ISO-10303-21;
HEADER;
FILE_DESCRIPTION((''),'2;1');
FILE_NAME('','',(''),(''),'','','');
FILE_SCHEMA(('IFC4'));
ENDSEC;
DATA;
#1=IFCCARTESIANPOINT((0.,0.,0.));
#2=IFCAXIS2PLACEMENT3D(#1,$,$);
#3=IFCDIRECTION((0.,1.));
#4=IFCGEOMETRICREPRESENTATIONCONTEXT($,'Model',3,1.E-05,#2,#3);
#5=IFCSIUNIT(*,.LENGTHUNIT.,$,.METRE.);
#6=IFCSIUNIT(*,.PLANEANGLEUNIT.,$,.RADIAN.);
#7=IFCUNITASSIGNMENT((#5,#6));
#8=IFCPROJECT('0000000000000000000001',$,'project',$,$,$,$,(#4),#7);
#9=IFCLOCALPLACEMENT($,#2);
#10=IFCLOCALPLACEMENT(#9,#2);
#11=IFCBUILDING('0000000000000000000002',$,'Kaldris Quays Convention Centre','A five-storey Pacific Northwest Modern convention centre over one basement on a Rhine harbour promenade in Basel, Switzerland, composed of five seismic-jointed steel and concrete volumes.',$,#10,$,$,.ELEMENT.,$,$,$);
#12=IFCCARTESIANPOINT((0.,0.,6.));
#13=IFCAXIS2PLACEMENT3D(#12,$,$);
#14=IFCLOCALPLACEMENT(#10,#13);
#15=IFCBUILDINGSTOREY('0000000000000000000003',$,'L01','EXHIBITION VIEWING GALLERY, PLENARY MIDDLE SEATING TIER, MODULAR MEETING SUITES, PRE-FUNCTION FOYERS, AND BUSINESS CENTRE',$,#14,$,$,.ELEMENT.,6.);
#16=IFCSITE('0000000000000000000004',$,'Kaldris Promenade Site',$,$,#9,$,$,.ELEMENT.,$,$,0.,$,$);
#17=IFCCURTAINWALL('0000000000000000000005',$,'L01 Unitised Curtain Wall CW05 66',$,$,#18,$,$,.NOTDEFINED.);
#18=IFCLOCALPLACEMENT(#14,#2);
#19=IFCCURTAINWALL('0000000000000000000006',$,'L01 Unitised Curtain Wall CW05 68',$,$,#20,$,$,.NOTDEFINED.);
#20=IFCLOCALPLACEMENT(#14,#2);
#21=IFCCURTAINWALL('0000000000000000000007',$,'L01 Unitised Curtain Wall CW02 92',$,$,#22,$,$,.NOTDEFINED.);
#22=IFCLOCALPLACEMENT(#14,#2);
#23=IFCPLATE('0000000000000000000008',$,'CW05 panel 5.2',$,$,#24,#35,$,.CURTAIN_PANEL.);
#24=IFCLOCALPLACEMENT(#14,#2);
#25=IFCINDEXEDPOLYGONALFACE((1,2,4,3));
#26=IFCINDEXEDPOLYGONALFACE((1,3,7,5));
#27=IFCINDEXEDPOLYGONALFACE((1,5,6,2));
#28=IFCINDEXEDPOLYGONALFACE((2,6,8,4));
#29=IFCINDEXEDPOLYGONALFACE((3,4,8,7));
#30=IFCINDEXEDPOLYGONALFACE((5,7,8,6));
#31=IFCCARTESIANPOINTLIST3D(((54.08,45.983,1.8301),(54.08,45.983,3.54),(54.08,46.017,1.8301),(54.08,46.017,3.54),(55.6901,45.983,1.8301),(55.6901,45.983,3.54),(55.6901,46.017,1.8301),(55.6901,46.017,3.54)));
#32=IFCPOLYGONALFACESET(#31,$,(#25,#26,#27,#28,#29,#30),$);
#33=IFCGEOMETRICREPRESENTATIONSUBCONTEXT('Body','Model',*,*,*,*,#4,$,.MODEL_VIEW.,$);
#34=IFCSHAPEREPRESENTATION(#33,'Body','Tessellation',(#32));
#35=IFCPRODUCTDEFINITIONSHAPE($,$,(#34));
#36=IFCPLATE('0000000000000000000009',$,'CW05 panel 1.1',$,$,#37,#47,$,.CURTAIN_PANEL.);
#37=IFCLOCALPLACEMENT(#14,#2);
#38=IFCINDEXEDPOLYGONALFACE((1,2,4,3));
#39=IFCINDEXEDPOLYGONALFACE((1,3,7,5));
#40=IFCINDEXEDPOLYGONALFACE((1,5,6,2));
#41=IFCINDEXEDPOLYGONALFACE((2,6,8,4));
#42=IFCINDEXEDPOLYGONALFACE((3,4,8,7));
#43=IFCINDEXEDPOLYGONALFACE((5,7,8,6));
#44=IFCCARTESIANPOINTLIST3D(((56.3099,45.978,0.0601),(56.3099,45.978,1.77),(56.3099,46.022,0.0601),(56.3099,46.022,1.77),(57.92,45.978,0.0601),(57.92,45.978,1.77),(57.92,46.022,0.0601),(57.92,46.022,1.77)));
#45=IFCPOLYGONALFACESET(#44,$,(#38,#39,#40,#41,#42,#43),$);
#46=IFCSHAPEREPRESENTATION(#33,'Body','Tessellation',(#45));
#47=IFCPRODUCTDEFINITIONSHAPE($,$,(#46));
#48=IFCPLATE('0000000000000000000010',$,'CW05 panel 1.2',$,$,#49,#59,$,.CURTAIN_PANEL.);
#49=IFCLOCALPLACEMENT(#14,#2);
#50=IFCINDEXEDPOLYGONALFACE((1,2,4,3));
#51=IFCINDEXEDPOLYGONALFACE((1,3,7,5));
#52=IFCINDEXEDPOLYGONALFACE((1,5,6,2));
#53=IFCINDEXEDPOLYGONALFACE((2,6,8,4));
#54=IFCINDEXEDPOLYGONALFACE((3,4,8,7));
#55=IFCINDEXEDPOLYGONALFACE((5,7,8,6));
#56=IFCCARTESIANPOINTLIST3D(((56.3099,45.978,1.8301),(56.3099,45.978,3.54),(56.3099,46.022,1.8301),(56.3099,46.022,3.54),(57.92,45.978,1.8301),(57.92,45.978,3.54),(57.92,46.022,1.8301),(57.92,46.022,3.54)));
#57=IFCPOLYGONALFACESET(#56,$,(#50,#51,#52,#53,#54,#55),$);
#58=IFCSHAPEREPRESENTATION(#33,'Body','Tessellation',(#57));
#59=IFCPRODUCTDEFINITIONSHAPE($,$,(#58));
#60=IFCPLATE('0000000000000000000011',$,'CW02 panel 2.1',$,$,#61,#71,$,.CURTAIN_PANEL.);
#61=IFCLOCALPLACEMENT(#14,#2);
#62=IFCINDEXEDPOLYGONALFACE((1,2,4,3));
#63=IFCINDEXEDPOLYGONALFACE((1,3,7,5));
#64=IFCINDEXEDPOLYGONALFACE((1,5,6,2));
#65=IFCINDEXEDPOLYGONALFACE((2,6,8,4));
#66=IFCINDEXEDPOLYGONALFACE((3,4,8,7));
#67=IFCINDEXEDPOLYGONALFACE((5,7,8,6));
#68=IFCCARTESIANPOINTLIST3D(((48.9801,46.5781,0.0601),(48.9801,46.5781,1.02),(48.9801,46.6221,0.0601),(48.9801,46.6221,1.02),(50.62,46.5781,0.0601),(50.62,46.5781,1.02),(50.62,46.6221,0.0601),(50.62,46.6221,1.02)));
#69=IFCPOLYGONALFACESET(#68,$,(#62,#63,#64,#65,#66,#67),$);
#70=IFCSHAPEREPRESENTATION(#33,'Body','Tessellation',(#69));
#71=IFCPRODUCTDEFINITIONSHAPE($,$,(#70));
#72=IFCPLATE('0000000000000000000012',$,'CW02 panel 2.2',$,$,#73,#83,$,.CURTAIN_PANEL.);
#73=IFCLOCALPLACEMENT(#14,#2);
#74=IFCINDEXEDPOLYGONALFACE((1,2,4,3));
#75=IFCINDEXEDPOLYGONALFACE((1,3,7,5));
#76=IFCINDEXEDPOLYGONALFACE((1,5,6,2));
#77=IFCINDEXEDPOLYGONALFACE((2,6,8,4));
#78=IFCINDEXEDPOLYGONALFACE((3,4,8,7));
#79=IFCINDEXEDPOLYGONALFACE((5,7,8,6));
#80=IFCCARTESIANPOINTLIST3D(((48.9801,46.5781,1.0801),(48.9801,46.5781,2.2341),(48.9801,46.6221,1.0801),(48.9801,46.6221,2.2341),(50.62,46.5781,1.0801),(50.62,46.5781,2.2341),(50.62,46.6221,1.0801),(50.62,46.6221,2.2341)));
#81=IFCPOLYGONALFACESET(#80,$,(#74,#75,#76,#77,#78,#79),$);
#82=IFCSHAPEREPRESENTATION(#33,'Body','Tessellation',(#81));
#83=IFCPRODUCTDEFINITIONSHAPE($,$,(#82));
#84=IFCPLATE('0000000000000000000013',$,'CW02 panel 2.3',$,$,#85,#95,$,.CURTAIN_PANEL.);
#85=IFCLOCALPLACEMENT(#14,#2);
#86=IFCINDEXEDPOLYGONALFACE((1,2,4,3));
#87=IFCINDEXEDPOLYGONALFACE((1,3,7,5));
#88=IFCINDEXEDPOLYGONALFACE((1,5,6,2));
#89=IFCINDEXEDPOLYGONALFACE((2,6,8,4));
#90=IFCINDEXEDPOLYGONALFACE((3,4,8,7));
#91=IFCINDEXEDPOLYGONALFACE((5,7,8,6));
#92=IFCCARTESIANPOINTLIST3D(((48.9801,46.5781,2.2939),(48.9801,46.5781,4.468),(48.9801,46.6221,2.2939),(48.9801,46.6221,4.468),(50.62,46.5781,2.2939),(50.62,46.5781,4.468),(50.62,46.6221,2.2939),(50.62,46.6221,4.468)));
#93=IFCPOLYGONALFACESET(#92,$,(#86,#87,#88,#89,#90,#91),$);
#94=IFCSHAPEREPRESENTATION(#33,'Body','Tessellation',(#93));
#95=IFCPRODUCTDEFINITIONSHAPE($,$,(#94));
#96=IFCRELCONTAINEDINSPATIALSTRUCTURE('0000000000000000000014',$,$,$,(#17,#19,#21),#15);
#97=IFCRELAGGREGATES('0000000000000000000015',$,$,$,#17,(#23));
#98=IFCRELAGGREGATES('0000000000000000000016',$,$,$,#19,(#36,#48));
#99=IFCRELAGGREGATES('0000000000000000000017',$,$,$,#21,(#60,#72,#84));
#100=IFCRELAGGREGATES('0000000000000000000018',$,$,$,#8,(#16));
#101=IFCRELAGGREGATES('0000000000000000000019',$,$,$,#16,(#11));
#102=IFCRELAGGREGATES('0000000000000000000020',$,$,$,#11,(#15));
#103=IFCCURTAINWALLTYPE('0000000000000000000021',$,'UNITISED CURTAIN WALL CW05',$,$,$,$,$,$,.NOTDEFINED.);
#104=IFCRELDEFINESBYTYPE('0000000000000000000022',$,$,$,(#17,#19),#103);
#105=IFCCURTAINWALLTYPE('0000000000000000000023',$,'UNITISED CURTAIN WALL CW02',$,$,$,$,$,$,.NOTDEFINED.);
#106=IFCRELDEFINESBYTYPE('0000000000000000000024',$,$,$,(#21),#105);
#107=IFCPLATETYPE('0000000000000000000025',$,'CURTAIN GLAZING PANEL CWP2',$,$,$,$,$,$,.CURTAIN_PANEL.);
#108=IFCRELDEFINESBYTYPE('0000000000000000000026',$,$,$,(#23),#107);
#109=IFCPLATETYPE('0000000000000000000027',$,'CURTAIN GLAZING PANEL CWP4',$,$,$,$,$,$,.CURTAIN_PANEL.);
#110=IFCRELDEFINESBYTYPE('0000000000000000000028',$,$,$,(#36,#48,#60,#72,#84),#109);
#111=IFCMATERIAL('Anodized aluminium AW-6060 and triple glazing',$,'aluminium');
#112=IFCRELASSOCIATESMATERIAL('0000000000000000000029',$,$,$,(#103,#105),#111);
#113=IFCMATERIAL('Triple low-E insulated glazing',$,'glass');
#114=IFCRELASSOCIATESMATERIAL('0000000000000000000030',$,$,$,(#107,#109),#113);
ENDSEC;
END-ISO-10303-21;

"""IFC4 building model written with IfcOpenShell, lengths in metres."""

from ifc_helpers import new_model, si_unit, direction, frame, origin, origin_2d, place, context, subcontext, project, spatial, rectangle, extrude, material, type_object, element, aggregate, save


model = new_model("IFC4")

# Units and contexts
model_context = context("Model", 3, precision=1e-05, world=origin(), true_north=direction((0.0, 1.0)))
body_context = subcontext(model_context, "Body", "Model", "MODEL_VIEW")
ifc_project = project(units=[si_unit("LENGTHUNIT", "METRE"), si_unit("PLANEANGLEUNIT", "RADIAN")], contexts=[model_context])

# Site, building, storey
site_placement = place(None, origin())
site = spatial("IfcSite", under=ifc_project, at=site_placement, Name="Kaldris Promenade Site", CompositionType="ELEMENT", RefElevation=0.0)
building_placement = place(site_placement, origin())
building = spatial("IfcBuilding", under=site, at=building_placement, Name="Kaldris Quays Convention Centre", Description="A five-storey Pacific Northwest Modern convention centre over one basement on a Rhine harbour promenade in Basel, Switzerland, composed of five seismic-jointed steel and concrete volumes.", CompositionType="ELEMENT")
storey_placement = place(building_placement, frame((0.0, 0.0, 6.0)))
storey = spatial("IfcBuildingStorey", under=building, at=storey_placement, Name="L01", Description="EXHIBITION VIEWING GALLERY, PLENARY MIDDLE SEATING TIER, MODULAR MEETING SUITES, PRE-FUNCTION FOYERS, AND BUSINESS CENTRE", CompositionType="ELEMENT", Elevation=6.0)

# Curtain walls
ifc_material_1 = material(Name="Anodized aluminium AW-6060 and triple glazing", Category="aluminium")
curtain_wall_type_1 = type_object("IfcCurtainWallType", Name="UNITISED CURTAIN WALL CW05", PredefinedType="NOTDEFINED", material=ifc_material_1)
curtain_wall_1_placement = place(storey_placement, origin())
curtain_wall_1 = element("IfcCurtainWall", 1, at=curtain_wall_1_placement, inside=storey, type_object=curtain_wall_type_1, Name="L01 Unitised Curtain Wall CW05 66", PredefinedType="NOTDEFINED")
curtain_wall_2_placement = place(storey_placement, origin())
curtain_wall_2 = element("IfcCurtainWall", 2, at=curtain_wall_2_placement, inside=storey, type_object=curtain_wall_type_1, Name="L01 Unitised Curtain Wall CW05 68", PredefinedType="NOTDEFINED")

# Curtain wall
curtain_wall_type_2 = type_object("IfcCurtainWallType", Name="UNITISED CURTAIN WALL CW02", PredefinedType="NOTDEFINED", material=ifc_material_1)
curtain_wall_3_placement = place(storey_placement, origin())
curtain_wall_3 = element("IfcCurtainWall", 3, at=curtain_wall_3_placement, inside=storey, type_object=curtain_wall_type_2, Name="L01 Unitised Curtain Wall CW02 92", PredefinedType="NOTDEFINED")

# Plates
ifc_material_2 = material(Name="Triple low-E insulated glazing", Category="glass")
plate_type_1 = type_object("IfcPlateType", Name="CURTAIN GLAZING PANEL CWP2", PredefinedType="CURTAIN_PANEL", material=ifc_material_2)
plate_1_placement = place(storey_placement, frame((54.885, 46.0, 1.8301), z_axis=(0.0, 0.0, 1.0), x_axis=(1.0, 0.0, 0.0)))
plate_1 = element("IfcPlate", 4, at=plate_1_placement, type_object=plate_type_1, Name="CW05 panel 5.2", PredefinedType="CURTAIN_PANEL", context=body_context, shape_type="SweptSolid", body=[
    extrude(rectangle(XDim=1.6101, YDim=0.0339, at=origin_2d()), origin(), (0.0, 0.0, 1.0), 1.71),
])
aggregate(curtain_wall_1, [plate_1])
plate_type_2 = type_object("IfcPlateType", Name="CURTAIN GLAZING PANEL CWP4", PredefinedType="CURTAIN_PANEL", material=ifc_material_2)
plate_2_placement = place(storey_placement, frame((57.115, 46.0, 0.0601), z_axis=(0.0, 0.0, 1.0), x_axis=(1.0, 0.0, 0.0)))
plate_2 = element("IfcPlate", 5, at=plate_2_placement, type_object=plate_type_2, Name="CW05 panel 1.1", PredefinedType="CURTAIN_PANEL", context=body_context, shape_type="SweptSolid", body=[
    extrude(rectangle(XDim=1.6101, YDim=0.0439, at=origin_2d()), origin(), (0.0, 0.0, 1.0), 1.71),
])
plate_3_placement = place(storey_placement, frame((57.115, 46.0, 1.8301), z_axis=(0.0, 0.0, 1.0), x_axis=(1.0, 0.0, 0.0)))
plate_3 = element("IfcPlate", 6, at=plate_3_placement, type_object=plate_type_2, Name="CW05 panel 1.2", PredefinedType="CURTAIN_PANEL", context=body_context, shape_type="SweptSolid", body=[
    extrude(rectangle(XDim=1.6101, YDim=0.0439, at=origin_2d()), origin(), (0.0, 0.0, 1.0), 1.71),
])
aggregate(curtain_wall_2, [plate_2, plate_3])
plate_4_placement = place(storey_placement, frame((49.8, 46.6001, 0.0601), z_axis=(0.0, 0.0, 1.0), x_axis=(1.0, 0.0, 0.0)))
plate_4 = element("IfcPlate", 7, at=plate_4_placement, type_object=plate_type_2, Name="CW02 panel 2.1", PredefinedType="CURTAIN_PANEL", context=body_context, shape_type="SweptSolid", body=[
    extrude(rectangle(XDim=1.6399, YDim=0.0439, at=origin_2d()), origin(), (0.0, 0.0, 1.0), 0.96),
])
plate_5_placement = place(storey_placement, frame((49.8, 46.6001, 1.0801), z_axis=(0.0, 0.0, 1.0), x_axis=(1.0, 0.0, 0.0)))
plate_5 = element("IfcPlate", 8, at=plate_5_placement, type_object=plate_type_2, Name="CW02 panel 2.2", PredefinedType="CURTAIN_PANEL", context=body_context, shape_type="SweptSolid", body=[
    extrude(rectangle(XDim=1.6399, YDim=0.0439, at=origin_2d()), origin(), (0.0, 0.0, 1.0), 1.1541),
])
plate_6_placement = place(storey_placement, frame((49.8, 46.6001, 2.2939), z_axis=(0.0, 0.0, 1.0), x_axis=(1.0, 0.0, 0.0)))
plate_6 = element("IfcPlate", 9, at=plate_6_placement, type_object=plate_type_2, Name="CW02 panel 2.3", PredefinedType="CURTAIN_PANEL", context=body_context, shape_type="SweptSolid", body=[
    extrude(rectangle(XDim=1.6399, YDim=0.0439, at=origin_2d()), origin(), (0.0, 0.0, 1.0), 2.1741),
])
aggregate(curtain_wall_3, [plate_4, plate_5, plate_6])

save(model, "model.ifc")
